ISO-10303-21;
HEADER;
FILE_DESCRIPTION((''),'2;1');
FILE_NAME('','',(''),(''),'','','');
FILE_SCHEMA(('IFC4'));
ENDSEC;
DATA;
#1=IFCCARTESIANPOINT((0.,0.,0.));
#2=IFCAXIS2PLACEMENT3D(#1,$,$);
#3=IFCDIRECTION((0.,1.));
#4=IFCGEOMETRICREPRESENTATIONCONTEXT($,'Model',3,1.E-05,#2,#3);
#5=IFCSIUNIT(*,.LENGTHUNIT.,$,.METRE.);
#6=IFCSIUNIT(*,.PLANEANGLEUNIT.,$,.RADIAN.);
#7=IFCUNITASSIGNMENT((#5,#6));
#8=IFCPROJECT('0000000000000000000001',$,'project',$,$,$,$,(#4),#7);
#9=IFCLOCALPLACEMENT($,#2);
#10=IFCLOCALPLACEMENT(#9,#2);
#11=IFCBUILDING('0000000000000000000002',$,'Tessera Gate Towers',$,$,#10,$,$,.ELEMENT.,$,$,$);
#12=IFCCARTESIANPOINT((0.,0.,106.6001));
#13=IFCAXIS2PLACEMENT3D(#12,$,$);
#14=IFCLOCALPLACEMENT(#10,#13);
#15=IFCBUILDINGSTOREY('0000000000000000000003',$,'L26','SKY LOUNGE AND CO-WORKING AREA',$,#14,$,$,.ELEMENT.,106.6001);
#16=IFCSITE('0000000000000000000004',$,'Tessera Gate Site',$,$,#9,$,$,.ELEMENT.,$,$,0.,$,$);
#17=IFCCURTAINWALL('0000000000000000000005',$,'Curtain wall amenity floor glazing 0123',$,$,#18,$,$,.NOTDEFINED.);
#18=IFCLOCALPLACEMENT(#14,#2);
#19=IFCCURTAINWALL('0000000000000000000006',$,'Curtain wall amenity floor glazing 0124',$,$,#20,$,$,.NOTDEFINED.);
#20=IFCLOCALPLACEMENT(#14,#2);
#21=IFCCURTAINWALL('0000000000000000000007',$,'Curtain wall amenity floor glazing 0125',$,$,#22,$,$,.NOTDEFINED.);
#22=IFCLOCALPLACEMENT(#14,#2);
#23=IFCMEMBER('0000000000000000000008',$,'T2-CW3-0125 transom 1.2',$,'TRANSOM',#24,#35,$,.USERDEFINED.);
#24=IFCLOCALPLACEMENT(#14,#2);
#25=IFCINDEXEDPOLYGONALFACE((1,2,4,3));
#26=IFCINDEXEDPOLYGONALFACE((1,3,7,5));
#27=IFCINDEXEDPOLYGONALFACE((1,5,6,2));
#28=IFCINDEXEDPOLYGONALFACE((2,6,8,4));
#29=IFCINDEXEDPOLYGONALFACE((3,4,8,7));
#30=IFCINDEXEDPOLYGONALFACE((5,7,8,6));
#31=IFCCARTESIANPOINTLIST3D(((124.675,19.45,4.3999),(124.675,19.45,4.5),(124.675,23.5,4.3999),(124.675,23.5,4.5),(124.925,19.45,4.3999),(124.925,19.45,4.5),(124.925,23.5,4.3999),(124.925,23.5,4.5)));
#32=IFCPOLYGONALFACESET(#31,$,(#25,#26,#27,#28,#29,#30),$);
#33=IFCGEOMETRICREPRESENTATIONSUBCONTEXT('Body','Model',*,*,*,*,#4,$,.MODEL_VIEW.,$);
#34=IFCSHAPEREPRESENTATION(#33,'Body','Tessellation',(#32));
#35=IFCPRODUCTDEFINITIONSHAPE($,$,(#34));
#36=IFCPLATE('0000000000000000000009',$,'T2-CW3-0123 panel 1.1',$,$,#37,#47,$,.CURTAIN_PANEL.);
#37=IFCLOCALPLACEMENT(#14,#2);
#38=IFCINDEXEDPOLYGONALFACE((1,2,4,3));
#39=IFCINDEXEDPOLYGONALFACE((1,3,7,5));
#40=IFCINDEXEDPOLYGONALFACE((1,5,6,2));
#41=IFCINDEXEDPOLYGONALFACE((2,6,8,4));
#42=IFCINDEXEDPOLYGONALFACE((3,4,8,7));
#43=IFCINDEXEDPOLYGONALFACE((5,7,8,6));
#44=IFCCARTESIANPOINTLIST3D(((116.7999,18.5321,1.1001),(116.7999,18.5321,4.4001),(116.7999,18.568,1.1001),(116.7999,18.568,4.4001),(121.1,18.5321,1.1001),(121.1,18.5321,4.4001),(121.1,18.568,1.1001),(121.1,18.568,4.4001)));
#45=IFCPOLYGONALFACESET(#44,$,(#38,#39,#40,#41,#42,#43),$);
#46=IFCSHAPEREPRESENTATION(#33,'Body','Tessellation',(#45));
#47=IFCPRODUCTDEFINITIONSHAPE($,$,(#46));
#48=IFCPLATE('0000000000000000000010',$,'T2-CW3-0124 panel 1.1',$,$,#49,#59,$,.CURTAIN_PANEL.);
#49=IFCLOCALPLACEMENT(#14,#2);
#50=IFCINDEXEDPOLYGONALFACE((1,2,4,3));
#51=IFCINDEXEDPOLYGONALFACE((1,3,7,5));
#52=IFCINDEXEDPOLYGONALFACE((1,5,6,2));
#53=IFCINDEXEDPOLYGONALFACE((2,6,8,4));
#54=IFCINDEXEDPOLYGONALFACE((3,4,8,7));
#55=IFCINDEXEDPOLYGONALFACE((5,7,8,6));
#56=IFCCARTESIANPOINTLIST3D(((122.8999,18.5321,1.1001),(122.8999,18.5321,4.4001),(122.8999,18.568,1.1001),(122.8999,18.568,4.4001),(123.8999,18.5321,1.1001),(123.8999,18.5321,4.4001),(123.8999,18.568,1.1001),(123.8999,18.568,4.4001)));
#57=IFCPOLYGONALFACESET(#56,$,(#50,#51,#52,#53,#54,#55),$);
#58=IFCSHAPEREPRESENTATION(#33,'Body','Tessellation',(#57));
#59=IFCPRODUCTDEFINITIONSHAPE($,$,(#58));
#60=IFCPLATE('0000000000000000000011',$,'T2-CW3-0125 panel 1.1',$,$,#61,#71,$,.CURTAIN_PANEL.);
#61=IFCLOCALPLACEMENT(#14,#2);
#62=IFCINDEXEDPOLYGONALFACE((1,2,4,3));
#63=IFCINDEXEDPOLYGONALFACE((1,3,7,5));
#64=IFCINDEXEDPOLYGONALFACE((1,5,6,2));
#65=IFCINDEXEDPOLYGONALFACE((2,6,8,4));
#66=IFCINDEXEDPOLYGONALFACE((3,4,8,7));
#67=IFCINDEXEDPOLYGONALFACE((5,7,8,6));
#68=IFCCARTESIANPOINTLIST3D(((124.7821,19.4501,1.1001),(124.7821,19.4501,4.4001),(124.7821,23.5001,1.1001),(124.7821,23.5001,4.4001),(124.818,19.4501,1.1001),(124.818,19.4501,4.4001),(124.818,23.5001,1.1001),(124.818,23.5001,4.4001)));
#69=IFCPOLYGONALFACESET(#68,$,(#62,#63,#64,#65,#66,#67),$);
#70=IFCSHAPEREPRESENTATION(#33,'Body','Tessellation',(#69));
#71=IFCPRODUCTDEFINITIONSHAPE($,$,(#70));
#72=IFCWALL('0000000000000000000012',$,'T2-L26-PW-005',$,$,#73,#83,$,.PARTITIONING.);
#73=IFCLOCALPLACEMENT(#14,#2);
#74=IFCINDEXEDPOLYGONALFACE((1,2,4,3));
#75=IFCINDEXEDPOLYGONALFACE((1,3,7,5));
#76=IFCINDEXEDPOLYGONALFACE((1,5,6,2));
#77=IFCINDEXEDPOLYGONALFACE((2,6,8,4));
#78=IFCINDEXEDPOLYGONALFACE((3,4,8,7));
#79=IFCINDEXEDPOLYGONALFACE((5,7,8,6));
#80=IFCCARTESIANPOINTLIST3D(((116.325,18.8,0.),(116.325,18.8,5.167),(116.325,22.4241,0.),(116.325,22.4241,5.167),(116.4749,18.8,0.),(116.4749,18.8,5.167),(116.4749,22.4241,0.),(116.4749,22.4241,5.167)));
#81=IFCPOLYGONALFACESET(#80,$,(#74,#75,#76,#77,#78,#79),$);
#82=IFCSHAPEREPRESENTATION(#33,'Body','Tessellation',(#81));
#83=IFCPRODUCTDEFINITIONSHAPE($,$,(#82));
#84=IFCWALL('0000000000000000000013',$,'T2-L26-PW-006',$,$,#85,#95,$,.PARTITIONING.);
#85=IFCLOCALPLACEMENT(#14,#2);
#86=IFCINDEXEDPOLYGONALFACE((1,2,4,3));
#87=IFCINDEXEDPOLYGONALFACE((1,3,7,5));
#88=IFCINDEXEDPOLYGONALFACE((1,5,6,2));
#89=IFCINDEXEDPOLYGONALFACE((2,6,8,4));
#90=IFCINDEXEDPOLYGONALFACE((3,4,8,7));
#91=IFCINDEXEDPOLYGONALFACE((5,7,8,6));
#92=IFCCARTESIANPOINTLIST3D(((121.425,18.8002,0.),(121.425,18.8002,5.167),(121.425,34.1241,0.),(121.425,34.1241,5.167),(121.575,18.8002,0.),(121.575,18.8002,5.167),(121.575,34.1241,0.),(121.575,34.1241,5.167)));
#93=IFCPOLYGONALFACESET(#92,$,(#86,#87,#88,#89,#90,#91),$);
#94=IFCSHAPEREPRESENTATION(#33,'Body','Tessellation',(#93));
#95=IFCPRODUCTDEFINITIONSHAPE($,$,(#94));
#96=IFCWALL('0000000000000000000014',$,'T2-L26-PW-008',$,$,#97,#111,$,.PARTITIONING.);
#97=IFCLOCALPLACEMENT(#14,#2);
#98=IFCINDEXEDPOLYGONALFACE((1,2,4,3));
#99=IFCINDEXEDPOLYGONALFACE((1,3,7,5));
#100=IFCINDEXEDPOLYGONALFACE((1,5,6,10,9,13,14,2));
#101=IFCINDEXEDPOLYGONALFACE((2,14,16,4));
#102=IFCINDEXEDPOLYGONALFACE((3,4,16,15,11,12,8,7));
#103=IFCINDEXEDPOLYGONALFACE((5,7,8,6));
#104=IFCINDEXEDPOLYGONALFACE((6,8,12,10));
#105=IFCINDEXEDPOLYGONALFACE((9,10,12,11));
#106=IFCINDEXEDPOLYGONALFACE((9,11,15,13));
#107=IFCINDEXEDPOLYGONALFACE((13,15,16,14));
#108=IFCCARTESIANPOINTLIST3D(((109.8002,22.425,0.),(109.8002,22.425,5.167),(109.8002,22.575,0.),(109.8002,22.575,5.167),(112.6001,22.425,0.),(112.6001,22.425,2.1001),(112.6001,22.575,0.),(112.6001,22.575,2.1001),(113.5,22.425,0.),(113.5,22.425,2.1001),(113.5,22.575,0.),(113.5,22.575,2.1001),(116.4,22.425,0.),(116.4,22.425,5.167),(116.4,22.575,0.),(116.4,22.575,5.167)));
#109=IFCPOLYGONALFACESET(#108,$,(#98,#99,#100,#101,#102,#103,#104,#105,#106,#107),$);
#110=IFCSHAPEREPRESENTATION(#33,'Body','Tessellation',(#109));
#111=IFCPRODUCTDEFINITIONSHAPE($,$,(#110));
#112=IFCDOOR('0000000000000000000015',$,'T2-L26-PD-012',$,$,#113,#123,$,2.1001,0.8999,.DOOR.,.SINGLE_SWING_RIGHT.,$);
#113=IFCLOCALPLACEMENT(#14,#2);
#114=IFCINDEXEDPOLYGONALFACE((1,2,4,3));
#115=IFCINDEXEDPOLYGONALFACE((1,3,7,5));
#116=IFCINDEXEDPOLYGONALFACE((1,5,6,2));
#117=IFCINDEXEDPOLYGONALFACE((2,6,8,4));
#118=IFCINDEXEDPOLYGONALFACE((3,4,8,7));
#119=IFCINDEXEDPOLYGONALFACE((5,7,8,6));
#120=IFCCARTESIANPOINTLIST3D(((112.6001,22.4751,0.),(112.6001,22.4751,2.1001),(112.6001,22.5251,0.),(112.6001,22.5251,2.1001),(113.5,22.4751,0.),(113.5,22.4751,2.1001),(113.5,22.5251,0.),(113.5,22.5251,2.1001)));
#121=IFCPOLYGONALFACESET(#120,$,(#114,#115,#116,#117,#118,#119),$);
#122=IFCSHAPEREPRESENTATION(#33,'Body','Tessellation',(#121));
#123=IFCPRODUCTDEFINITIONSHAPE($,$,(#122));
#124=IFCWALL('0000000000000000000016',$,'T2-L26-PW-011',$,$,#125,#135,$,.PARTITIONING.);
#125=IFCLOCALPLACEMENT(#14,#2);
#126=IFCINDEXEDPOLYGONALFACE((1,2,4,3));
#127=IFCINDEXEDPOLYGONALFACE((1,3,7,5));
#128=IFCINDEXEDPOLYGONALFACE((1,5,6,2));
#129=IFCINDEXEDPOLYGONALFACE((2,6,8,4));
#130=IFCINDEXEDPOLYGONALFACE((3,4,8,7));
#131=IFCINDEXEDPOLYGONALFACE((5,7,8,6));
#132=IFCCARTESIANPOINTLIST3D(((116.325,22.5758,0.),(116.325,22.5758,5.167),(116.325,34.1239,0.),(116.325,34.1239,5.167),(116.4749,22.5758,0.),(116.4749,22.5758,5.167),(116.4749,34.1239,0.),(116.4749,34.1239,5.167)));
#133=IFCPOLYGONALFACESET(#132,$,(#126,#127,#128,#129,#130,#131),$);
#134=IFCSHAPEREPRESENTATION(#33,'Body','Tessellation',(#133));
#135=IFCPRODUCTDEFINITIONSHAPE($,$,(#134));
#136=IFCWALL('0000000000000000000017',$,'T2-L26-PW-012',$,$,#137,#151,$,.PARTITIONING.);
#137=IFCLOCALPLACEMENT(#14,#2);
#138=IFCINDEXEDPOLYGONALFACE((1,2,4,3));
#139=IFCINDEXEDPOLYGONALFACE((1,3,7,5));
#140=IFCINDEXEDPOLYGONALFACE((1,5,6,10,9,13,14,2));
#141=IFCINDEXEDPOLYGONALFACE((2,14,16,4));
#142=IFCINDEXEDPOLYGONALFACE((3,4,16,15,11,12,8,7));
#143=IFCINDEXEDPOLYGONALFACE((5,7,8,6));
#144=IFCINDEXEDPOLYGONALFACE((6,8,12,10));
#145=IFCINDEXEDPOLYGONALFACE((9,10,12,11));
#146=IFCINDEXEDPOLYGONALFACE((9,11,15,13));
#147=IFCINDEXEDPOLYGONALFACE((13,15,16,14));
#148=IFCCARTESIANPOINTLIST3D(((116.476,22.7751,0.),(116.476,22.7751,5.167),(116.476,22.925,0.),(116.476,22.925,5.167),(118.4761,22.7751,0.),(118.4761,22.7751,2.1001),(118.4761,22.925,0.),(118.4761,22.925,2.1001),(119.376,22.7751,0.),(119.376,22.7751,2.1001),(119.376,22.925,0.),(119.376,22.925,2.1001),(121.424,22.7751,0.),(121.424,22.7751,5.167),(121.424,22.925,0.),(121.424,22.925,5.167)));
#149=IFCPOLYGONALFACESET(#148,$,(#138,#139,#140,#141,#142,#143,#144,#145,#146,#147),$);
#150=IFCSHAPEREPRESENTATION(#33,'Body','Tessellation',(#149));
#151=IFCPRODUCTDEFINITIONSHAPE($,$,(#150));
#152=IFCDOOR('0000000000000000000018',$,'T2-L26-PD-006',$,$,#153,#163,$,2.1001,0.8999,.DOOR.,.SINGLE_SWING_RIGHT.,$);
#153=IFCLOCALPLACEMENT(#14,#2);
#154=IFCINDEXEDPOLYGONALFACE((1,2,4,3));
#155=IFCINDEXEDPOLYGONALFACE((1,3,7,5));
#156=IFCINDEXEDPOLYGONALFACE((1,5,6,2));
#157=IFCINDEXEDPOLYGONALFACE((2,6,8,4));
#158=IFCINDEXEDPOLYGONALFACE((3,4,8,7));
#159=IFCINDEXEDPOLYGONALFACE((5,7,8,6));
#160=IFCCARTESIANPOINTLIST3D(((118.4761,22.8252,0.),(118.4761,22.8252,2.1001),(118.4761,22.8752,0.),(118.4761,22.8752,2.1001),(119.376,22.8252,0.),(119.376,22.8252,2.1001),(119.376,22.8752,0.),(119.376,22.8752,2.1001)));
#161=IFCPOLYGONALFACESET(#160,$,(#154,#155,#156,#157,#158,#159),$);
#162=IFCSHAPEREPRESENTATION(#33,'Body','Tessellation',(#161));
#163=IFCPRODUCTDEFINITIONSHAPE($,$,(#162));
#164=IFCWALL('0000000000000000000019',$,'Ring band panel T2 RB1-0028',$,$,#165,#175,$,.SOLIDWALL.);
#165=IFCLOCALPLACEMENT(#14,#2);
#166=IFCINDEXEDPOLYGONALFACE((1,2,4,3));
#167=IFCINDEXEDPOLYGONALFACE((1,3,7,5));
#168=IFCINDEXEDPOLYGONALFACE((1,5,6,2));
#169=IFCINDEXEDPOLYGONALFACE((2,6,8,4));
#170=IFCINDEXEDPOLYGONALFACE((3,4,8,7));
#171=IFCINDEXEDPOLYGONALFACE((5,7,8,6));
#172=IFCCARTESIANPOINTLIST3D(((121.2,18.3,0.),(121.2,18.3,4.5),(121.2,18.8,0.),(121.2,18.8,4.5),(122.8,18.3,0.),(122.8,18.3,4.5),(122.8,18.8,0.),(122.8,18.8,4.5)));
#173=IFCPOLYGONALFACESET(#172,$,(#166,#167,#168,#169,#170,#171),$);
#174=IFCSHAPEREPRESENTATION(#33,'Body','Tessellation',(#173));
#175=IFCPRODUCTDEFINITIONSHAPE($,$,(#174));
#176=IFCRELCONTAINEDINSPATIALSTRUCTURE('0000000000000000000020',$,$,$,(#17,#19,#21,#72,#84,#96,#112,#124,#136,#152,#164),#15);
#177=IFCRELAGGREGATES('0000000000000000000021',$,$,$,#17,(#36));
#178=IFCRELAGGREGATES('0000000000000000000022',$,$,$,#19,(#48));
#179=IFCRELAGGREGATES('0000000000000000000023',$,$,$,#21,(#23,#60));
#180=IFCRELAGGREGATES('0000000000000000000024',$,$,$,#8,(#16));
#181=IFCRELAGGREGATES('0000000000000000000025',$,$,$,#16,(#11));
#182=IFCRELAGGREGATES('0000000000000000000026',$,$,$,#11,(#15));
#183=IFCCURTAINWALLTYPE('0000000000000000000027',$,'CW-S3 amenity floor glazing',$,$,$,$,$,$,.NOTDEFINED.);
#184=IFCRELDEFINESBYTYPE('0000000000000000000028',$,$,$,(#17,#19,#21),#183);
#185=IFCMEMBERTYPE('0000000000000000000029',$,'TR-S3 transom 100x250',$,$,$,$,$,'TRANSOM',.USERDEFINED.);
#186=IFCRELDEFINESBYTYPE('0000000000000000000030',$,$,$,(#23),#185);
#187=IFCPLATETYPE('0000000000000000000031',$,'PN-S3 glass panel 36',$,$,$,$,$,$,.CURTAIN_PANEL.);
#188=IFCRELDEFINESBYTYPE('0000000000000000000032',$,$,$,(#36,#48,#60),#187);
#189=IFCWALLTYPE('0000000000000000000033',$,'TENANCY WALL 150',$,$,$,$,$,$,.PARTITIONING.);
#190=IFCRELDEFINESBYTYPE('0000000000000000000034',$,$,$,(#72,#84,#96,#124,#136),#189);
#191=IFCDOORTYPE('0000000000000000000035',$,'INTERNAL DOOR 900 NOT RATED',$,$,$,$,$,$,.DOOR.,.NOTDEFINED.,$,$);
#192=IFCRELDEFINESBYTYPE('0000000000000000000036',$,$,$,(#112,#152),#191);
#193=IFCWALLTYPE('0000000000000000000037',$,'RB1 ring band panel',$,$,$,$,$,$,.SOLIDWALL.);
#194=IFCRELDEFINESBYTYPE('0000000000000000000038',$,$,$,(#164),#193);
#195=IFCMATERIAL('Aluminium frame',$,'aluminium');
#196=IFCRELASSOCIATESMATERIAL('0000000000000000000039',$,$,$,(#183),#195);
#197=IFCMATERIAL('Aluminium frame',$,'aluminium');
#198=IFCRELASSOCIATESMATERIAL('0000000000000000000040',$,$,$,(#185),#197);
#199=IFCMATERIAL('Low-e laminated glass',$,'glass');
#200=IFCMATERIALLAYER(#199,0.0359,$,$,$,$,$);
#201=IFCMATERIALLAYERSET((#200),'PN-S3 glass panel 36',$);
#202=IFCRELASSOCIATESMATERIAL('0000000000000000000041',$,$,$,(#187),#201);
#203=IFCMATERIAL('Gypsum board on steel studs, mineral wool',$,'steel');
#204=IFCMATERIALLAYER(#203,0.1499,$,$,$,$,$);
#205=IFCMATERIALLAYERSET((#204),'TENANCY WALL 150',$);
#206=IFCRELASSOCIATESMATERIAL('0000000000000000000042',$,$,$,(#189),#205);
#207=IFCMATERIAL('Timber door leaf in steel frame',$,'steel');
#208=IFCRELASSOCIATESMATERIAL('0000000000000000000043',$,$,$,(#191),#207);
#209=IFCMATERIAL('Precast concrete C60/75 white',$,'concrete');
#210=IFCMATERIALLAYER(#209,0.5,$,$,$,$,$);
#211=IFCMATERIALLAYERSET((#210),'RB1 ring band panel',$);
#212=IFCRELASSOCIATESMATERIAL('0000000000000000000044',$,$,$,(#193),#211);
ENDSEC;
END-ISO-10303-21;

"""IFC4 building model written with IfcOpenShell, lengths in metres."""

from ifc_helpers import new_model, si_unit, direction, frame, frame_2d, origin, origin_2d, place, context, subcontext, project, spatial, polyline, rectangle, outline, extrude, source, transform, mapped, material, layer, layer_set, material_profile, profile_set, type_object, element, fill, aggregate, save


model = new_model("IFC4")

# Units and contexts
model_context = context("Model", 3, precision=1e-05, world=origin(), true_north=direction((0.0, 1.0)))
body_context = subcontext(model_context, "Body", "Model", "MODEL_VIEW")
ifc_project = project(units=[si_unit("LENGTHUNIT", "METRE"), si_unit("PLANEANGLEUNIT", "RADIAN")], contexts=[model_context])

# Site, building, storey
site_placement = place(None, origin())
site = spatial("IfcSite", under=ifc_project, at=site_placement, Name="Tessera Gate Site", CompositionType="ELEMENT", RefElevation=0.0)
building_placement = place(site_placement, origin())
building = spatial("IfcBuilding", under=site, at=building_placement, Name="Tessera Gate Towers", CompositionType="ELEMENT")
storey_placement = place(building_placement, frame((0.0, 0.0, 106.6001)))
storey = spatial("IfcBuildingStorey", under=building, at=storey_placement, Name="L26", Description="SKY LOUNGE AND CO-WORKING AREA", CompositionType="ELEMENT", Elevation=106.6001)

# Shared definitions
ifc_material_1 = material(Name="Aluminium frame", Category="aluminium")
curtain_wall_type = type_object("IfcCurtainWallType", Name="CW-S3 amenity floor glazing", PredefinedType="NOTDEFINED", material=ifc_material_1)

# Curtain walls
curtain_wall_1_placement = place(storey_placement, origin())
curtain_wall_1 = element("IfcCurtainWall", 1, at=curtain_wall_1_placement, inside=storey, type_object=curtain_wall_type, Name="Curtain wall amenity floor glazing 0123", PredefinedType="NOTDEFINED")
curtain_wall_2_placement = place(storey_placement, origin())
curtain_wall_2 = element("IfcCurtainWall", 2, at=curtain_wall_2_placement, inside=storey, type_object=curtain_wall_type, Name="Curtain wall amenity floor glazing 0124", PredefinedType="NOTDEFINED")

# Curtain wall
curtain_wall_3_placement = place(storey_placement, origin())
curtain_wall_3 = element("IfcCurtainWall", 3, at=curtain_wall_3_placement, inside=storey, type_object=curtain_wall_type, Name="Curtain wall amenity floor glazing 0125", PredefinedType="NOTDEFINED")

# Member
ifc_material_2 = material(Name="Aluminium frame", Category="aluminium")
ifc_material_profile_1 = material_profile(ifc_material_2, rectangle(XDim=0.25, YDim=0.1001, at=origin_2d()), Name="AL 100x250")
ifc_profile_set_1 = profile_set([ifc_material_profile_1], Name="Aluminium frame")
member_type_1 = type_object("IfcMemberType", Name="TR-S3 transom 100x250", ElementType="TRANSOM", PredefinedType="USERDEFINED", material=ifc_profile_set_1)
member_1_placement = place(storey_placement, frame((124.8, 19.45, 4.45), z_axis=(0.0, 1.0, 0.0), x_axis=(-1.0, 0.0, 0.0)))
member_1 = element("IfcMember", 4, at=member_1_placement, type_object=member_type_1, Name="T2-CW3-0125 transom 1.2", ObjectType="TRANSOM", PredefinedType="USERDEFINED", context=body_context, shape_type="SweptSolid", body=[
    extrude(rectangle(XDim=0.25, YDim=0.1001, at=origin_2d()), origin(), (0.0, 0.0, 1.0), 4.05),
])

# Plates
ifc_material_3 = material(Name="Low-e laminated glass", Category="glass")
ifc_layer_1 = layer(ifc_material_3, 0.0359)
ifc_layer_set_1 = layer_set([ifc_layer_1], Name="PN-S3 glass panel 36")
plate_type = type_object("IfcPlateType", Name="PN-S3 glass panel 36", PredefinedType="CURTAIN_PANEL", material=ifc_layer_set_1)
plate_1_placement = place(storey_placement, frame((118.95, 18.55, 1.1001), z_axis=(0.0, 0.0, 1.0), x_axis=(1.0, 0.0, 0.0)))
plate_1 = element("IfcPlate", 5, at=plate_1_placement, type_object=plate_type, Name="T2-CW3-0123 panel 1.1", PredefinedType="CURTAIN_PANEL", context=body_context, shape_type="SweptSolid", body=[
    extrude(rectangle(XDim=4.3, YDim=0.0359, at=origin_2d()), origin(), (0.0, 0.0, 1.0), 3.3),
])
aggregate(curtain_wall_1, [plate_1])
plate_2_placement = place(storey_placement, frame((123.3999, 18.55, 1.1001), z_axis=(0.0, 0.0, 1.0), x_axis=(1.0, 0.0, 0.0)))
plate_2 = element("IfcPlate", 6, at=plate_2_placement, type_object=plate_type, Name="T2-CW3-0124 panel 1.1", PredefinedType="CURTAIN_PANEL", context=body_context, shape_type="SweptSolid", body=[
    extrude(rectangle(XDim=1.0, YDim=0.0359, at=origin_2d()), origin(), (0.0, 0.0, 1.0), 3.3),
])
aggregate(curtain_wall_2, [plate_2])
plate_3_placement = place(storey_placement, frame((124.8, 21.4751, 1.1001), z_axis=(0.0, 0.0, 1.0), x_axis=(0.0, 1.0, 0.0)))
plate_3 = element("IfcPlate", 7, at=plate_3_placement, type_object=plate_type, Name="T2-CW3-0125 panel 1.1", PredefinedType="CURTAIN_PANEL", context=body_context, shape_type="SweptSolid", body=[
    extrude(rectangle(XDim=4.05, YDim=0.0359, at=origin_2d()), origin(), (0.0, 0.0, 1.0), 3.3),
])
aggregate(curtain_wall_3, [member_1, plate_3])

# Walls
ifc_material_4 = material(Name="Gypsum board on steel studs, mineral wool", Category="steel")
ifc_layer_2 = layer(ifc_material_4, 0.1499)
ifc_layer_set_2 = layer_set([ifc_layer_2], Name="TENANCY WALL 150")
wall_type_1 = type_object("IfcWallType", Name="TENANCY WALL 150", PredefinedType="PARTITIONING", material=ifc_layer_set_2)
wall_1_placement = place(storey_placement, frame((116.3999, 18.8, 0.0), z_axis=(0.0, 0.0, 1.0), x_axis=(0.0, 1.0, 0.0)))
element("IfcWall", 8, at=wall_1_placement, inside=storey, type_object=wall_type_1, Name="T2-L26-PW-005", PredefinedType="PARTITIONING", context=body_context, shape_type="SweptSolid", body=[
    extrude(rectangle(XDim=3.624, YDim=0.1499, at=frame_2d((1.812, 0.0))), origin(), (0.0, 0.0, 1.0), 5.167),
])
wall_2_placement = place(storey_placement, frame((121.5, 18.8, 0.0), z_axis=(0.0, 0.0, 1.0), x_axis=(0.0, 1.0, 0.0)))
element("IfcWall", 9, at=wall_2_placement, inside=storey, type_object=wall_type_1, Name="T2-L26-PW-006", PredefinedType="PARTITIONING", context=body_context, shape_type="SweptSolid", body=[
    extrude(rectangle(XDim=15.324, YDim=0.1499, at=frame_2d((7.6621, 0.0))), origin(), (0.0, 0.0, 1.0), 5.167),
])

# Wall, opening, door
wall_3_placement = place(storey_placement, frame((116.3999, 22.5, 0.0), z_axis=(0.0, 0.0, 1.0), x_axis=(-1.0, 0.0, 0.0)))
wall_3 = element("IfcWall", 10, at=wall_3_placement, inside=storey, type_object=wall_type_1, Name="T2-L26-PW-008", PredefinedType="PARTITIONING", context=body_context, shape_type="SweptSolid", body=[
    extrude(rectangle(XDim=6.5999, YDim=0.1499, at=frame_2d((3.2998, 0.0))), origin(), (0.0, 0.0, 1.0), 5.167),
])
shared_shape_1 = source(origin(), body_context, "Body", "SweptSolid", [
    extrude(rectangle(XDim=0.8999, YDim=2.1001, at=frame_2d((0.45, 1.05))), frame((0.0, 0.085, 0.0), z_axis=(0.0, -1.0, 0.0), x_axis=(1.0, 0.0, 0.0)), (0.0, 0.0, 1.0), 0.1699),
])
opening_1_placement = place(wall_3_placement, frame((2.8999, 0.0, 0.0)))
opening_1 = element("IfcOpeningElement", 11, at=opening_1_placement, cuts=wall_3, PredefinedType="OPENING", context=body_context, shape_type="MappedRepresentation", body=[
    mapped(shared_shape_1, transform((0.0, 0.0, 0.0), scale=1.0)),
])
ifc_material_5 = material(Name="Timber door leaf in steel frame", Category="steel")
door_type = type_object("IfcDoorType", Name="INTERNAL DOOR 900 NOT RATED", OperationType="NOTDEFINED", PredefinedType="DOOR", material=ifc_material_5)
shared_shape_2 = source(origin(), body_context, "Body", "SweptSolid", [
    extrude(rectangle(XDim=0.8999, YDim=2.1001, at=frame_2d((0.45, 1.05))), frame((0.0, 0.0249, 0.0), z_axis=(0.0, -1.0, 0.0), x_axis=(1.0, 0.0, 0.0)), (0.0, 0.0, 1.0), 0.05),
])
door_1_placement = place(opening_1_placement, origin())
door_1 = element("IfcDoor", 12, at=door_1_placement, inside=storey, type_object=door_type, Name="T2-L26-PD-012", OperationType="SINGLE_SWING_RIGHT", OverallHeight=2.1001, OverallWidth=0.8999, PredefinedType="DOOR", context=body_context, shape_type="MappedRepresentation", body=[
    mapped(shared_shape_2, transform((0.0, 0.0, 0.0), scale=1.0)),
])
fill(opening_1, door_1)

# Wall
wall_4_placement = place(storey_placement, frame((116.3999, 22.5759, 0.0), z_axis=(0.0, 0.0, 1.0), x_axis=(0.0, 1.0, 0.0)))
element("IfcWall", 13, at=wall_4_placement, inside=storey, type_object=wall_type_1, Name="T2-L26-PW-011", PredefinedType="PARTITIONING", context=body_context, shape_type="SweptSolid", body=[
    extrude(rectangle(XDim=11.5481, YDim=0.1499, at=frame_2d((5.7739, 0.0))), origin(), (0.0, 0.0, 1.0), 5.167),
])

# Wall, opening, door
wall_5_placement = place(storey_placement, frame((121.4241, 22.8501, 0.0), z_axis=(0.0, 0.0, 1.0), x_axis=(-1.0, 0.0, 0.0)))
wall_5 = element("IfcWall", 14, at=wall_5_placement, inside=storey, type_object=wall_type_1, Name="T2-L26-PW-012", PredefinedType="PARTITIONING", context=body_context, shape_type="SweptSolid", body=[
    extrude(rectangle(XDim=4.948, YDim=0.1499, at=frame_2d((2.4741, 0.0))), origin(), (0.0, 0.0, 1.0), 5.167),
])
opening_2_placement = place(wall_5_placement, frame((2.0481, 0.0, 0.0)))
opening_2 = element("IfcOpeningElement", 15, at=opening_2_placement, cuts=wall_5, PredefinedType="OPENING", context=body_context, shape_type="MappedRepresentation", body=[
    mapped(shared_shape_1, transform((0.0, 0.0, 0.0), scale=1.0)),
])
door_2_placement = place(opening_2_placement, origin())
door_2 = element("IfcDoor", 16, at=door_2_placement, inside=storey, type_object=door_type, Name="T2-L26-PD-006", OperationType="SINGLE_SWING_RIGHT", OverallHeight=2.1001, OverallWidth=0.8999, PredefinedType="DOOR", context=body_context, shape_type="MappedRepresentation", body=[
    mapped(shared_shape_2, transform((0.0, 0.0, 0.0), scale=1.0)),
])
fill(opening_2, door_2)

# Wall
ifc_material_6 = material(Name="Precast concrete C60/75 white", Category="concrete")
ifc_layer_3 = layer(ifc_material_6, 0.5)
ifc_layer_set_3 = layer_set([ifc_layer_3], Name="RB1 ring band panel")
wall_type_2 = type_object("IfcWallType", Name="RB1 ring band panel", PredefinedType="SOLIDWALL", material=ifc_layer_set_3)
shared_shape_3 = source(origin(), body_context, "Body", "SweptSolid", [
    extrude(outline(polyline([(0.0, 0.0), (1.6001, 0.0), (1.6001, 4.5), (0.0, 4.5), (0.0, 0.0)])), frame((0.0, 0.25, 0.0), z_axis=(0.0, -1.0, 0.0), x_axis=(1.0, 0.0, 0.0)), (0.0, 0.0, 1.0), 0.5),
])
wall_6_placement = place(storey_placement, frame((121.2, 18.55, 0.0), z_axis=(0.0, 0.0, 1.0), x_axis=(1.0, 0.0, 0.0)))
element("IfcWall", 17, at=wall_6_placement, inside=storey, type_object=wall_type_2, Name="Ring band panel T2 RB1-0028", PredefinedType="SOLIDWALL", context=body_context, shape_type="MappedRepresentation", body=[
    mapped(shared_shape_3, transform((0.0, 0.0, 0.0), scale=1.0)),
])

save(model, "model.ifc")
